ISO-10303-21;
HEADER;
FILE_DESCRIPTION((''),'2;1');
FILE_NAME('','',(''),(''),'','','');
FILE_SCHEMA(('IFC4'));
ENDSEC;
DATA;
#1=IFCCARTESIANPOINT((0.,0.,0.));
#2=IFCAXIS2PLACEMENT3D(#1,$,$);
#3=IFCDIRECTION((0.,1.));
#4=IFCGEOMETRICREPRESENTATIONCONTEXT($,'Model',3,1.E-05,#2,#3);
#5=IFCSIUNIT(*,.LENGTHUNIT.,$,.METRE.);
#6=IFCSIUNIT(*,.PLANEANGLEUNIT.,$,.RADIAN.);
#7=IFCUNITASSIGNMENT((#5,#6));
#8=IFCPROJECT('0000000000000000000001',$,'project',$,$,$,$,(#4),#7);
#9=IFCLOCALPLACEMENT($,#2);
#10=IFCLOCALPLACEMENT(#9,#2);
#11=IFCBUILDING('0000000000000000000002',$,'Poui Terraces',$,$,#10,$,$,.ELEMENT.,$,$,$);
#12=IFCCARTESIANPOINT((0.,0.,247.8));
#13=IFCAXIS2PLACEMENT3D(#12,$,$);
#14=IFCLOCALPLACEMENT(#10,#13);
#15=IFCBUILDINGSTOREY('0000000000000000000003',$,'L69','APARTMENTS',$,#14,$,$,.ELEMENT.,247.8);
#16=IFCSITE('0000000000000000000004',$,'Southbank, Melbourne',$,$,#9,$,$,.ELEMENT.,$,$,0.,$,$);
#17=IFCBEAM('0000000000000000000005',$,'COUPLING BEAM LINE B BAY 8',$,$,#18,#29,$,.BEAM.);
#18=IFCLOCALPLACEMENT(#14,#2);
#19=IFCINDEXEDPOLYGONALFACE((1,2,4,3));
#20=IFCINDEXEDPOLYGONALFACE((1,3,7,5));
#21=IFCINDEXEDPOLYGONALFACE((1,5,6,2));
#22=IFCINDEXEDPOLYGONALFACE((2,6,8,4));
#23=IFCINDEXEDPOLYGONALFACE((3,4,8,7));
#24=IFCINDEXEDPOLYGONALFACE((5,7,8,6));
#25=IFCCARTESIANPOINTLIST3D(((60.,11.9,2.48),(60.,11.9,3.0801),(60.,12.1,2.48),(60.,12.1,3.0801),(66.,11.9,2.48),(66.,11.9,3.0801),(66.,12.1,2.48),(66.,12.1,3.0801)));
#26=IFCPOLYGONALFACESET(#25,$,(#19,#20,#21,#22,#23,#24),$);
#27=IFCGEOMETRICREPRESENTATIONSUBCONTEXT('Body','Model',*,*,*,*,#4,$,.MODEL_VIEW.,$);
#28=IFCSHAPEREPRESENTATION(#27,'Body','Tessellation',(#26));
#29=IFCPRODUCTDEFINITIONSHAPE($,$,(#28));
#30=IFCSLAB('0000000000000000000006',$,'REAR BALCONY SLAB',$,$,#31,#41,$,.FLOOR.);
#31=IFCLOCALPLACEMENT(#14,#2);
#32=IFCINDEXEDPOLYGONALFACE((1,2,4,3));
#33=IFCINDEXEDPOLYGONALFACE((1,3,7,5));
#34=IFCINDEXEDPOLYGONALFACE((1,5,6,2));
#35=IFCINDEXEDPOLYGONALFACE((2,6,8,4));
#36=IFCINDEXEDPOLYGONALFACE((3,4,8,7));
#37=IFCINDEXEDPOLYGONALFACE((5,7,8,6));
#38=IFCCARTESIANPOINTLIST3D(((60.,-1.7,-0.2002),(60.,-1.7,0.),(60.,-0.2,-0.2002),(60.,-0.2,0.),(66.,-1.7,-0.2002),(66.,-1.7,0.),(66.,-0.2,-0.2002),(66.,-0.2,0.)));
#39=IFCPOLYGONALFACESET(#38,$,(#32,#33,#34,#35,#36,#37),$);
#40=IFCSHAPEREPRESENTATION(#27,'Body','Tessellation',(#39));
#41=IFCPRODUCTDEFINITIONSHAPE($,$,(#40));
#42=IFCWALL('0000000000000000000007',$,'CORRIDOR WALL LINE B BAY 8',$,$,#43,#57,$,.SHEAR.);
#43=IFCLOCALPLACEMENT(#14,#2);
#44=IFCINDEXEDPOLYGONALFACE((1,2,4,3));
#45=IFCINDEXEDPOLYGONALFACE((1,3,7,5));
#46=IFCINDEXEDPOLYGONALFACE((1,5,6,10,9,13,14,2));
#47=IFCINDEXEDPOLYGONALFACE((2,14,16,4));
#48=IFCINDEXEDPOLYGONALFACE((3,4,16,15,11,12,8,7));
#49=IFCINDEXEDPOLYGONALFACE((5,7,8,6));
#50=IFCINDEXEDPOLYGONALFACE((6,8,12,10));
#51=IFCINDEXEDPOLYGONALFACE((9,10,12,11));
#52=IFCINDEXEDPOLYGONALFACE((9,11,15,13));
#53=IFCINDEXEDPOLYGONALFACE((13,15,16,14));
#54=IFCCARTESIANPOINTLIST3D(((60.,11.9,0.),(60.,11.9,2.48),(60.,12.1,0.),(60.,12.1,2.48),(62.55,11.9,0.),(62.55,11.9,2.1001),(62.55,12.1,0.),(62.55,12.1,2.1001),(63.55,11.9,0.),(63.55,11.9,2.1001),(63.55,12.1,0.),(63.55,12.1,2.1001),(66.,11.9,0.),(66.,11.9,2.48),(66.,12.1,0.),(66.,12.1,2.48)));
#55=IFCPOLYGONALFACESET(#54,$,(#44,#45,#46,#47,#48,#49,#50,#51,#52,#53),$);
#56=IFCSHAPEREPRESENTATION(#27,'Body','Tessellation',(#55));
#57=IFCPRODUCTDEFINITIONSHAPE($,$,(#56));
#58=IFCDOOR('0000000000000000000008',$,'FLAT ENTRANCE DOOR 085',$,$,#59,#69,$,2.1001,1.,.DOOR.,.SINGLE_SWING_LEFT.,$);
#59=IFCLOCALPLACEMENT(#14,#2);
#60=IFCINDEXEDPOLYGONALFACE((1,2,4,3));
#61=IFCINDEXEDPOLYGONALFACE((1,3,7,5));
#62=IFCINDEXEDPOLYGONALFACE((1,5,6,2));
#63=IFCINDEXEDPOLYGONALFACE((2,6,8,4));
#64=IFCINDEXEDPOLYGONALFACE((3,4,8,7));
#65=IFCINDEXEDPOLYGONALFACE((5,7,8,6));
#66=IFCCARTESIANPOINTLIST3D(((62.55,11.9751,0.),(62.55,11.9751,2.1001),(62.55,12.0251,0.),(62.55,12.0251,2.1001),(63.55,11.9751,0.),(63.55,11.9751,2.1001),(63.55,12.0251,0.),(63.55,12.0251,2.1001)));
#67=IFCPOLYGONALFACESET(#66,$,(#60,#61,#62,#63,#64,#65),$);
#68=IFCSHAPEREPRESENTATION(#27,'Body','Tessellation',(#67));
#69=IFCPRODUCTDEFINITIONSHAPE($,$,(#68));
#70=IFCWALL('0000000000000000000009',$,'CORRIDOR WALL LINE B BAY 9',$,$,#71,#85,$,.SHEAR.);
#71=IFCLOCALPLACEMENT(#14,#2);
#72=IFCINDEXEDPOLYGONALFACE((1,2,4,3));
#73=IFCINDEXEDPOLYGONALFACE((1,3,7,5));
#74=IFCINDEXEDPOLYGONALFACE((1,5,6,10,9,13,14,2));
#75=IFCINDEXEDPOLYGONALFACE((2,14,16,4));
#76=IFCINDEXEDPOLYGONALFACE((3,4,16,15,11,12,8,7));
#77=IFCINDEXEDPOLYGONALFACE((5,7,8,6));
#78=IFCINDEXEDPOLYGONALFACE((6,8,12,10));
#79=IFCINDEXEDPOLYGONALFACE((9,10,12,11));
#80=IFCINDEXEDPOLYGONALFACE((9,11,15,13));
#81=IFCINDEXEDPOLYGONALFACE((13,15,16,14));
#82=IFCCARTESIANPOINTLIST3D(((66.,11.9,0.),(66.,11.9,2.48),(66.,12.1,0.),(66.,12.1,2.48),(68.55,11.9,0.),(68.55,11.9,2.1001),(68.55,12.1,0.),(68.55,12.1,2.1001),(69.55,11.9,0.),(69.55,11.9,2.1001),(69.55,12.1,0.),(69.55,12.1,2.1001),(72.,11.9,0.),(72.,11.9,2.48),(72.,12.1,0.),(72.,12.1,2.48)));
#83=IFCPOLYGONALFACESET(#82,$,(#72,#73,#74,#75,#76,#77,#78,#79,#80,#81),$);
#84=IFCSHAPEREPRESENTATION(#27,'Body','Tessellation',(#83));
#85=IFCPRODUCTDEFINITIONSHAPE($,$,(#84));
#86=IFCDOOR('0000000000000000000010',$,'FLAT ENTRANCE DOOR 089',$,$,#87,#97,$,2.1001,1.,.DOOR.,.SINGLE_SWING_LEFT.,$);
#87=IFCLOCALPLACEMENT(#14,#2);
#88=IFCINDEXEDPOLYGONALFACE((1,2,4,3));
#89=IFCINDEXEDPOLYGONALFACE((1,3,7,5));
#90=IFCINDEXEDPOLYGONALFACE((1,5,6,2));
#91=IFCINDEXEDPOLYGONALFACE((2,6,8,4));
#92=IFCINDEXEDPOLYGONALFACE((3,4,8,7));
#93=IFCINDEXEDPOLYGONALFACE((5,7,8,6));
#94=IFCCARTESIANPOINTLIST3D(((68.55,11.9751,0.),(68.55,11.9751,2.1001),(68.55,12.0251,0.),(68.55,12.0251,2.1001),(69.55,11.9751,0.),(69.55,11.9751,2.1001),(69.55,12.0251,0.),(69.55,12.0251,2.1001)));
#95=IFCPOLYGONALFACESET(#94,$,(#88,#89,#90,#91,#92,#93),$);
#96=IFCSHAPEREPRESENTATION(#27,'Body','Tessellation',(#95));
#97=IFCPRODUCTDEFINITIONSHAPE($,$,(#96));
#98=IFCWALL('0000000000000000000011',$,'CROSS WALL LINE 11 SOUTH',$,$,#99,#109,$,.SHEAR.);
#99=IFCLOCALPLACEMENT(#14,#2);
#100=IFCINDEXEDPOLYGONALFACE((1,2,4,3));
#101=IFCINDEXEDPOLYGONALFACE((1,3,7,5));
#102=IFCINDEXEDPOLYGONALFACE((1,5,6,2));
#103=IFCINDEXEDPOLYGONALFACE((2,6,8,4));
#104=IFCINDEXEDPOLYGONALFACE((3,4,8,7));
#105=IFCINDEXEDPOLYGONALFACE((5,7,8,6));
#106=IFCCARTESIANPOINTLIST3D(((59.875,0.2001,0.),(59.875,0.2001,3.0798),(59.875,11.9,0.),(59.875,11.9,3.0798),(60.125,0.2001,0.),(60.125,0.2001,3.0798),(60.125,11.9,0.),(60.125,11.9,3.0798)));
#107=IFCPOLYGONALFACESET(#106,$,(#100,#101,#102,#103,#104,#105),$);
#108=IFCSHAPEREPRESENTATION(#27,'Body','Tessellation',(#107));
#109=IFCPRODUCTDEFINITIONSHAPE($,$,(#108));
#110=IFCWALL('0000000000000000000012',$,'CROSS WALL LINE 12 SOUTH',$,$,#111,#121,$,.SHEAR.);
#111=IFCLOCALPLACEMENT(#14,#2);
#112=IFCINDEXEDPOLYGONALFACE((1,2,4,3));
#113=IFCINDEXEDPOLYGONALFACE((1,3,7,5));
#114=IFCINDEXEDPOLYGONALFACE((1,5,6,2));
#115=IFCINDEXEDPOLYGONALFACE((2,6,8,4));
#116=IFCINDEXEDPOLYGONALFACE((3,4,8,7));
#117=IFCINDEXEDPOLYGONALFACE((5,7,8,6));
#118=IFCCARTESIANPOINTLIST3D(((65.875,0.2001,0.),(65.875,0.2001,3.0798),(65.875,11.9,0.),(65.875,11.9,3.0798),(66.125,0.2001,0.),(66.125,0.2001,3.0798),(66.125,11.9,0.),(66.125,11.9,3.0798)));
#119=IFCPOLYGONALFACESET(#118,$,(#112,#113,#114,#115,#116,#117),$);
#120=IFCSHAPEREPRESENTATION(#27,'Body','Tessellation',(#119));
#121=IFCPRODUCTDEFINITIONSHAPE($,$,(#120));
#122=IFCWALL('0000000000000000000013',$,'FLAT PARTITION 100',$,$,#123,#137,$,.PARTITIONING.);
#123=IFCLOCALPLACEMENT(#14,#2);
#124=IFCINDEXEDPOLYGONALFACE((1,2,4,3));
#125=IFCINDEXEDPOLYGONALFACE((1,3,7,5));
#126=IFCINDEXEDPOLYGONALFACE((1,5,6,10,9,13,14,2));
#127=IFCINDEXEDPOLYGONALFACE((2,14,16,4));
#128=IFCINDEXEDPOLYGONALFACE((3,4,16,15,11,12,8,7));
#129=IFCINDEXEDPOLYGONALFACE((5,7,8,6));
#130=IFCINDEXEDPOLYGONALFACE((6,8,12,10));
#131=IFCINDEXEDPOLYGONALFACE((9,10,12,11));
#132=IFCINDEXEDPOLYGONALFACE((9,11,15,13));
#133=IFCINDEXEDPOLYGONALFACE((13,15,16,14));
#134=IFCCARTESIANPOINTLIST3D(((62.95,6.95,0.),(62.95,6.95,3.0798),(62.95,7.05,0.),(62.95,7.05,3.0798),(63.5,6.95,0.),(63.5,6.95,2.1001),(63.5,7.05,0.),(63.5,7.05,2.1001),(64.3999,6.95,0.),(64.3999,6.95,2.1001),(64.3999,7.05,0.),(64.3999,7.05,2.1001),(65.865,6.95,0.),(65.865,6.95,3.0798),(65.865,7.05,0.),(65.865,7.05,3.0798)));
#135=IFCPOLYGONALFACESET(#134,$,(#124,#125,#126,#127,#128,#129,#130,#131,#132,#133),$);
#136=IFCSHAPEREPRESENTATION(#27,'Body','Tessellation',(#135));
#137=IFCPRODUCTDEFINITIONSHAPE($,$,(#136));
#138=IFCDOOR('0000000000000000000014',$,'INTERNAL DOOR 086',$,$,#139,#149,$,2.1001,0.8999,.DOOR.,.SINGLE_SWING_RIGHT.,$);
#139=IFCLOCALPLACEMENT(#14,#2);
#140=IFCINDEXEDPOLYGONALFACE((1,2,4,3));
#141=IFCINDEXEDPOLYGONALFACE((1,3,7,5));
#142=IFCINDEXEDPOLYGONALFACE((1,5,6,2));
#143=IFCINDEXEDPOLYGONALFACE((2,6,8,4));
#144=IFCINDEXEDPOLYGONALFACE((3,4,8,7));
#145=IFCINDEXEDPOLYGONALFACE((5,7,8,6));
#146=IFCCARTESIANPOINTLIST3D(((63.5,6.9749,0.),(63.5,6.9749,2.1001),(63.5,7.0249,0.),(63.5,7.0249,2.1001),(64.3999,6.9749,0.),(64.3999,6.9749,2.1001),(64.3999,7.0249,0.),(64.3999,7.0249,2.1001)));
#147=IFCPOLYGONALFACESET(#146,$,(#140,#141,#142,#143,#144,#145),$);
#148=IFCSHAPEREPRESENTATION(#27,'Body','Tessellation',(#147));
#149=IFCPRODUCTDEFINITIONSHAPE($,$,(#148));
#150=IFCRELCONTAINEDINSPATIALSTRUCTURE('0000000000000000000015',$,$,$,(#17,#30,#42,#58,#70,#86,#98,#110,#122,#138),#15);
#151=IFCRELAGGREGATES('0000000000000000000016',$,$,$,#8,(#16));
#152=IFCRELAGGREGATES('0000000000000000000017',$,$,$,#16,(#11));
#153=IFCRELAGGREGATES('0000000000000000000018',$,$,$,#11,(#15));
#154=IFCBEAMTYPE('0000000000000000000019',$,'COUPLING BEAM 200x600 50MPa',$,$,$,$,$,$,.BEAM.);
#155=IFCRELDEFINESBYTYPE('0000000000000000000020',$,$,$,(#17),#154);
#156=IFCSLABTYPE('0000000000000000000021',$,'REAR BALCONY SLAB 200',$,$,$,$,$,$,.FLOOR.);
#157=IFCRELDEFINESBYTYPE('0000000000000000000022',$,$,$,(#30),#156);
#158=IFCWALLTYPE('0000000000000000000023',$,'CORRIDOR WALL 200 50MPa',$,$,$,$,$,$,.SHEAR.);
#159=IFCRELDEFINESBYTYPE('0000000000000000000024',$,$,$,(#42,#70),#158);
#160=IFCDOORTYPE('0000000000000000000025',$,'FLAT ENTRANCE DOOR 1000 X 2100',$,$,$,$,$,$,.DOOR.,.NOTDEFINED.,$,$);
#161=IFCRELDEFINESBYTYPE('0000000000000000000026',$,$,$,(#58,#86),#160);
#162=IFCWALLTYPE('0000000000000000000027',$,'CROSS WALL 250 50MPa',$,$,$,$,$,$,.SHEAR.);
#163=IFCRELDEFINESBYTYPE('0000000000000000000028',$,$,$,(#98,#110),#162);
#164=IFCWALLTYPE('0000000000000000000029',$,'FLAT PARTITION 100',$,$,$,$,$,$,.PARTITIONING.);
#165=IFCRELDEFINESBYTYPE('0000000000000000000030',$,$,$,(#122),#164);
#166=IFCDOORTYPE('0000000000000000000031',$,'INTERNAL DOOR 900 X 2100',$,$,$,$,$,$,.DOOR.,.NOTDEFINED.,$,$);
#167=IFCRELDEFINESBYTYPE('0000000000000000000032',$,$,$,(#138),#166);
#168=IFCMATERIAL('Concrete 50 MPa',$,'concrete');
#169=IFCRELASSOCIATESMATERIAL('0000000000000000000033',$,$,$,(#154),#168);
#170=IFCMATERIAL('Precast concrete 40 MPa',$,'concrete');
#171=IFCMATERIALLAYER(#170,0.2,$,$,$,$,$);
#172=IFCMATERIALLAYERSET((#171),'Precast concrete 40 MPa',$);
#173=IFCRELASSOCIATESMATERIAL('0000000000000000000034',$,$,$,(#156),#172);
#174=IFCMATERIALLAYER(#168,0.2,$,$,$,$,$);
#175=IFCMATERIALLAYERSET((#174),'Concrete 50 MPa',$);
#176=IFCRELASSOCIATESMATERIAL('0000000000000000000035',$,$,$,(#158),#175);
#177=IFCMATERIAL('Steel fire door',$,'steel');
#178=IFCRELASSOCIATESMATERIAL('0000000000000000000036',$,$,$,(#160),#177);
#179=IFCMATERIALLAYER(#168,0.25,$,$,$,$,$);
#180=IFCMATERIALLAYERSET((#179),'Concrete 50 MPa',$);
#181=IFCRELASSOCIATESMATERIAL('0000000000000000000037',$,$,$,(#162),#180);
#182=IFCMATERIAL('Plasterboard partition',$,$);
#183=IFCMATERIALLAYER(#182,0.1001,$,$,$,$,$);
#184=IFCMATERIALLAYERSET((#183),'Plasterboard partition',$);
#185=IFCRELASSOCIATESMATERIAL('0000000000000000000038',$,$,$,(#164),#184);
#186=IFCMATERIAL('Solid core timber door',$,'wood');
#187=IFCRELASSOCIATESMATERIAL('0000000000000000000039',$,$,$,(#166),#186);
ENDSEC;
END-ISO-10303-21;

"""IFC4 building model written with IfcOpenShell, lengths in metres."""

from ifc_helpers import new_model, si_unit, direction, frame, frame_2d, origin, origin_2d, place, context, subcontext, project, spatial, polyline, rectangle, outline, extrude, source, transform, mapped, material, layer, layer_set, material_profile, profile_set, type_object, element, fill, save


model = new_model("IFC4")

# Units and contexts
model_context = context("Model", 3, precision=1e-05, world=origin(), true_north=direction((0.0, 1.0)))
body_context = subcontext(model_context, "Body", "Model", "MODEL_VIEW")
ifc_project = project(units=[si_unit("LENGTHUNIT", "METRE"), si_unit("PLANEANGLEUNIT", "RADIAN")], contexts=[model_context])

# Site, building, storey
site_placement = place(None, origin())
site = spatial("IfcSite", under=ifc_project, at=site_placement, Name="Southbank, Melbourne", CompositionType="ELEMENT", RefElevation=0.0)
building_placement = place(site_placement, origin())
building = spatial("IfcBuilding", under=site, at=building_placement, Name="Poui Terraces", CompositionType="ELEMENT")
storey_placement = place(building_placement, frame((0.0, 0.0, 247.8)))
storey = spatial("IfcBuildingStorey", under=building, at=storey_placement, Name="L69", Description="APARTMENTS", CompositionType="ELEMENT", Elevation=247.8)

# Beam
ifc_material_1 = material(Name="Concrete 50 MPa", Category="concrete")
ifc_material_profile_1 = material_profile(ifc_material_1, rectangle(XDim=0.2, YDim=0.6001, at=origin_2d()), Name="RC 200x600")
ifc_profile_set_1 = profile_set([ifc_material_profile_1], Name="Concrete 50 MPa")
beam_type = type_object("IfcBeamType", Name="COUPLING BEAM 200x600 50MPa", PredefinedType="BEAM", material=ifc_profile_set_1)
shared_shape_1 = source(origin(), body_context, "Body", "SweptSolid", [
    extrude(rectangle(XDim=0.2, YDim=0.6001, at=origin_2d()), origin(), (0.0, 0.0, 1.0), 6.0),
])
beam_placement = place(storey_placement, frame((60.0, 12.0, 2.78), z_axis=(1.0, 0.0, 0.0), x_axis=(0.0, 1.0, 0.0)))
element("IfcBeam", 1, at=beam_placement, inside=storey, type_object=beam_type, Name="COUPLING BEAM LINE B BAY 8", PredefinedType="BEAM", context=body_context, shape_type="MappedRepresentation", body=[
    mapped(shared_shape_1, transform((0.0, 0.0, 0.0))),
])

# Slab
ifc_material_2 = material(Name="Precast concrete 40 MPa", Category="concrete")
ifc_layer_1 = layer(ifc_material_2, 0.2)
ifc_layer_set_1 = layer_set([ifc_layer_1], Name="Precast concrete 40 MPa")
slab_type = type_object("IfcSlabType", Name="REAR BALCONY SLAB 200", PredefinedType="FLOOR", material=ifc_layer_set_1)
shared_shape_2 = source(origin(), body_context, "Body", "SweptSolid", [
    extrude(outline(polyline([(0.0, 0.0), (6.0, 0.0), (6.0, 1.5), (0.0, 1.5), (0.0, 0.0)])), origin(), (0.0, 0.0, 1.0), 0.2002),
])
slab_placement = place(storey_placement, frame((60.0, -1.7, -0.2002)))
element("IfcSlab", 2, at=slab_placement, inside=storey, type_object=slab_type, Name="REAR BALCONY SLAB", PredefinedType="FLOOR", context=body_context, shape_type="MappedRepresentation", body=[
    mapped(shared_shape_2, transform((0.0, 0.0, 0.0))),
])

# Walls, openings, doors
ifc_layer_2 = layer(ifc_material_1, 0.2)
ifc_layer_set_2 = layer_set([ifc_layer_2], Name="Concrete 50 MPa")
wall_type_1 = type_object("IfcWallType", Name="CORRIDOR WALL 200 50MPa", PredefinedType="SHEAR", material=ifc_layer_set_2)
wall_1_placement = place(storey_placement, frame((60.0, 12.0, 0.0), z_axis=(0.0, 0.0, 1.0), x_axis=(1.0, 0.0, 0.0)))
wall_1 = element("IfcWall", 3, at=wall_1_placement, inside=storey, type_object=wall_type_1, Name="CORRIDOR WALL LINE B BAY 8", PredefinedType="SHEAR", context=body_context, shape_type="SweptSolid", body=[
    extrude(rectangle(XDim=6.0, YDim=0.2, at=frame_2d((3.0, 0.0))), origin(), (0.0, 0.0, 1.0), 2.48),
])
opening_1_placement = place(wall_1_placement, frame((2.55, 0.0, 0.0)))
opening_1 = element("IfcOpeningElement", 4, at=opening_1_placement, cuts=wall_1, PredefinedType="OPENING", context=body_context, shape_type="SweptSolid", body=[
    extrude(rectangle(XDim=1.0, YDim=2.1001, at=frame_2d((0.5, 1.05))), frame((0.0, 0.1099, 0.0), z_axis=(0.0, -1.0, 0.0), x_axis=(1.0, 0.0, 0.0)), (0.0, 0.0, 1.0), 0.22),
])
ifc_material_3 = material(Name="Steel fire door", Category="steel")
door_type_1 = type_object("IfcDoorType", Name="FLAT ENTRANCE DOOR 1000 X 2100", OperationType="NOTDEFINED", PredefinedType="DOOR", material=ifc_material_3)
door_1_placement = place(opening_1_placement, frame((1.0, 0.0, 0.0), z_axis=(0.0, 0.0, 1.0), x_axis=(-1.0, 0.0, 0.0)))
door_1 = element("IfcDoor", 5, at=door_1_placement, inside=storey, type_object=door_type_1, Name="FLAT ENTRANCE DOOR 085", OperationType="SINGLE_SWING_LEFT", OverallHeight=2.1001, OverallWidth=1.0, PredefinedType="DOOR", context=body_context, shape_type="SweptSolid", body=[
    extrude(rectangle(XDim=1.0, YDim=2.1001, at=frame_2d((0.5, 1.05))), frame((0.0, 0.0249, 0.0), z_axis=(0.0, -1.0, 0.0), x_axis=(1.0, 0.0, 0.0)), (0.0, 0.0, 1.0), 0.05),
])
fill(opening_1, door_1)
wall_2_placement = place(storey_placement, frame((66.0, 12.0, 0.0), z_axis=(0.0, 0.0, 1.0), x_axis=(1.0, 0.0, 0.0)))
wall_2 = element("IfcWall", 6, at=wall_2_placement, inside=storey, type_object=wall_type_1, Name="CORRIDOR WALL LINE B BAY 9", PredefinedType="SHEAR", context=body_context, shape_type="SweptSolid", body=[
    extrude(rectangle(XDim=6.0, YDim=0.2, at=frame_2d((3.0, 0.0))), origin(), (0.0, 0.0, 1.0), 2.48),
])
opening_2_placement = place(wall_2_placement, frame((2.55, 0.0, 0.0)))
opening_2 = element("IfcOpeningElement", 7, at=opening_2_placement, cuts=wall_2, PredefinedType="OPENING", context=body_context, shape_type="SweptSolid", body=[
    extrude(rectangle(XDim=1.0, YDim=2.1001, at=frame_2d((0.5, 1.05))), frame((0.0, 0.1099, 0.0), z_axis=(0.0, -1.0, 0.0), x_axis=(1.0, 0.0, 0.0)), (0.0, 0.0, 1.0), 0.22),
])
door_2_placement = place(opening_2_placement, frame((1.0, 0.0, 0.0), z_axis=(0.0, 0.0, 1.0), x_axis=(-1.0, 0.0, 0.0)))
door_2 = element("IfcDoor", 8, at=door_2_placement, inside=storey, type_object=door_type_1, Name="FLAT ENTRANCE DOOR 089", OperationType="SINGLE_SWING_LEFT", OverallHeight=2.1001, OverallWidth=1.0, PredefinedType="DOOR", context=body_context, shape_type="SweptSolid", body=[
    extrude(rectangle(XDim=1.0, YDim=2.1001, at=frame_2d((0.5, 1.05))), frame((0.0, 0.0249, 0.0), z_axis=(0.0, -1.0, 0.0), x_axis=(1.0, 0.0, 0.0)), (0.0, 0.0, 1.0), 0.05),
])
fill(opening_2, door_2)

# Walls
ifc_layer_3 = layer(ifc_material_1, 0.25)
ifc_layer_set_3 = layer_set([ifc_layer_3], Name="Concrete 50 MPa")
wall_type_2 = type_object("IfcWallType", Name="CROSS WALL 250 50MPa", PredefinedType="SHEAR", material=ifc_layer_set_3)
for number, where, z_axis, x_axis, name in (
    (9, (60.0, 0.2, 0.0), (0.0, 0.0, 1.0), (0.0, 1.0, 0.0), "CROSS WALL LINE 11 SOUTH"),
    (10, (66.0, 0.2, 0.0), (0.0, 0.0, 1.0), (0.0, 1.0, 0.0), "CROSS WALL LINE 12 SOUTH"),
):
    element("IfcWall", number, at=place(storey_placement, frame(where, z_axis=z_axis, x_axis=x_axis)), inside=storey, type_object=wall_type_2, Name=name, PredefinedType="SHEAR", context=body_context, shape_type="SweptSolid", body=[
        extrude(rectangle(XDim=11.7, YDim=0.25, at=frame_2d((5.8501, 0.0))), origin(), (0.0, 0.0, 1.0), 3.0798),
    ])

# Wall, opening, door
ifc_material_4 = material(Name="Plasterboard partition")
ifc_layer_4 = layer(ifc_material_4, 0.1001)
ifc_layer_set_4 = layer_set([ifc_layer_4], Name="Plasterboard partition")
wall_type_3 = type_object("IfcWallType", Name="FLAT PARTITION 100", PredefinedType="PARTITIONING", material=ifc_layer_set_4)
wall_3_placement = place(storey_placement, frame((62.95, 7.0, 0.0), z_axis=(0.0, 0.0, 1.0), x_axis=(1.0, 0.0, 0.0)))
wall_3 = element("IfcWall", 11, at=wall_3_placement, inside=storey, type_object=wall_type_3, Name="FLAT PARTITION 100", PredefinedType="PARTITIONING", context=body_context, shape_type="SweptSolid", body=[
    extrude(rectangle(XDim=2.915, YDim=0.1001, at=frame_2d((1.4575, 0.0))), origin(), (0.0, 0.0, 1.0), 3.0798),
])
opening_3_placement = place(wall_3_placement, frame((0.55, 0.0, 0.0)))
opening_3 = element("IfcOpeningElement", 12, at=opening_3_placement, cuts=wall_3, PredefinedType="OPENING", context=body_context, shape_type="SweptSolid", body=[
    extrude(rectangle(XDim=0.8999, YDim=2.1001, at=frame_2d((0.45, 1.05))), frame((0.0, 0.0601, 0.0), z_axis=(0.0, -1.0, 0.0), x_axis=(1.0, 0.0, 0.0)), (0.0, 0.0, 1.0), 0.1201),
])
ifc_material_5 = material(Name="Solid core timber door", Category="wood")
door_type_2 = type_object("IfcDoorType", Name="INTERNAL DOOR 900 X 2100", OperationType="NOTDEFINED", PredefinedType="DOOR", material=ifc_material_5)
door_3_placement = place(opening_3_placement, origin())
door_3 = element("IfcDoor", 13, at=door_3_placement, inside=storey, type_object=door_type_2, Name="INTERNAL DOOR 086", OperationType="SINGLE_SWING_RIGHT", OverallHeight=2.1001, OverallWidth=0.8999, PredefinedType="DOOR", context=body_context, shape_type="SweptSolid", body=[
    extrude(rectangle(XDim=0.8999, YDim=2.1001, at=frame_2d((0.45, 1.05))), frame((0.0, 0.0249, 0.0), z_axis=(0.0, -1.0, 0.0), x_axis=(1.0, 0.0, 0.0)), (0.0, 0.0, 1.0), 0.05),
])
fill(opening_3, door_3)

save(model, "model.ifc")
